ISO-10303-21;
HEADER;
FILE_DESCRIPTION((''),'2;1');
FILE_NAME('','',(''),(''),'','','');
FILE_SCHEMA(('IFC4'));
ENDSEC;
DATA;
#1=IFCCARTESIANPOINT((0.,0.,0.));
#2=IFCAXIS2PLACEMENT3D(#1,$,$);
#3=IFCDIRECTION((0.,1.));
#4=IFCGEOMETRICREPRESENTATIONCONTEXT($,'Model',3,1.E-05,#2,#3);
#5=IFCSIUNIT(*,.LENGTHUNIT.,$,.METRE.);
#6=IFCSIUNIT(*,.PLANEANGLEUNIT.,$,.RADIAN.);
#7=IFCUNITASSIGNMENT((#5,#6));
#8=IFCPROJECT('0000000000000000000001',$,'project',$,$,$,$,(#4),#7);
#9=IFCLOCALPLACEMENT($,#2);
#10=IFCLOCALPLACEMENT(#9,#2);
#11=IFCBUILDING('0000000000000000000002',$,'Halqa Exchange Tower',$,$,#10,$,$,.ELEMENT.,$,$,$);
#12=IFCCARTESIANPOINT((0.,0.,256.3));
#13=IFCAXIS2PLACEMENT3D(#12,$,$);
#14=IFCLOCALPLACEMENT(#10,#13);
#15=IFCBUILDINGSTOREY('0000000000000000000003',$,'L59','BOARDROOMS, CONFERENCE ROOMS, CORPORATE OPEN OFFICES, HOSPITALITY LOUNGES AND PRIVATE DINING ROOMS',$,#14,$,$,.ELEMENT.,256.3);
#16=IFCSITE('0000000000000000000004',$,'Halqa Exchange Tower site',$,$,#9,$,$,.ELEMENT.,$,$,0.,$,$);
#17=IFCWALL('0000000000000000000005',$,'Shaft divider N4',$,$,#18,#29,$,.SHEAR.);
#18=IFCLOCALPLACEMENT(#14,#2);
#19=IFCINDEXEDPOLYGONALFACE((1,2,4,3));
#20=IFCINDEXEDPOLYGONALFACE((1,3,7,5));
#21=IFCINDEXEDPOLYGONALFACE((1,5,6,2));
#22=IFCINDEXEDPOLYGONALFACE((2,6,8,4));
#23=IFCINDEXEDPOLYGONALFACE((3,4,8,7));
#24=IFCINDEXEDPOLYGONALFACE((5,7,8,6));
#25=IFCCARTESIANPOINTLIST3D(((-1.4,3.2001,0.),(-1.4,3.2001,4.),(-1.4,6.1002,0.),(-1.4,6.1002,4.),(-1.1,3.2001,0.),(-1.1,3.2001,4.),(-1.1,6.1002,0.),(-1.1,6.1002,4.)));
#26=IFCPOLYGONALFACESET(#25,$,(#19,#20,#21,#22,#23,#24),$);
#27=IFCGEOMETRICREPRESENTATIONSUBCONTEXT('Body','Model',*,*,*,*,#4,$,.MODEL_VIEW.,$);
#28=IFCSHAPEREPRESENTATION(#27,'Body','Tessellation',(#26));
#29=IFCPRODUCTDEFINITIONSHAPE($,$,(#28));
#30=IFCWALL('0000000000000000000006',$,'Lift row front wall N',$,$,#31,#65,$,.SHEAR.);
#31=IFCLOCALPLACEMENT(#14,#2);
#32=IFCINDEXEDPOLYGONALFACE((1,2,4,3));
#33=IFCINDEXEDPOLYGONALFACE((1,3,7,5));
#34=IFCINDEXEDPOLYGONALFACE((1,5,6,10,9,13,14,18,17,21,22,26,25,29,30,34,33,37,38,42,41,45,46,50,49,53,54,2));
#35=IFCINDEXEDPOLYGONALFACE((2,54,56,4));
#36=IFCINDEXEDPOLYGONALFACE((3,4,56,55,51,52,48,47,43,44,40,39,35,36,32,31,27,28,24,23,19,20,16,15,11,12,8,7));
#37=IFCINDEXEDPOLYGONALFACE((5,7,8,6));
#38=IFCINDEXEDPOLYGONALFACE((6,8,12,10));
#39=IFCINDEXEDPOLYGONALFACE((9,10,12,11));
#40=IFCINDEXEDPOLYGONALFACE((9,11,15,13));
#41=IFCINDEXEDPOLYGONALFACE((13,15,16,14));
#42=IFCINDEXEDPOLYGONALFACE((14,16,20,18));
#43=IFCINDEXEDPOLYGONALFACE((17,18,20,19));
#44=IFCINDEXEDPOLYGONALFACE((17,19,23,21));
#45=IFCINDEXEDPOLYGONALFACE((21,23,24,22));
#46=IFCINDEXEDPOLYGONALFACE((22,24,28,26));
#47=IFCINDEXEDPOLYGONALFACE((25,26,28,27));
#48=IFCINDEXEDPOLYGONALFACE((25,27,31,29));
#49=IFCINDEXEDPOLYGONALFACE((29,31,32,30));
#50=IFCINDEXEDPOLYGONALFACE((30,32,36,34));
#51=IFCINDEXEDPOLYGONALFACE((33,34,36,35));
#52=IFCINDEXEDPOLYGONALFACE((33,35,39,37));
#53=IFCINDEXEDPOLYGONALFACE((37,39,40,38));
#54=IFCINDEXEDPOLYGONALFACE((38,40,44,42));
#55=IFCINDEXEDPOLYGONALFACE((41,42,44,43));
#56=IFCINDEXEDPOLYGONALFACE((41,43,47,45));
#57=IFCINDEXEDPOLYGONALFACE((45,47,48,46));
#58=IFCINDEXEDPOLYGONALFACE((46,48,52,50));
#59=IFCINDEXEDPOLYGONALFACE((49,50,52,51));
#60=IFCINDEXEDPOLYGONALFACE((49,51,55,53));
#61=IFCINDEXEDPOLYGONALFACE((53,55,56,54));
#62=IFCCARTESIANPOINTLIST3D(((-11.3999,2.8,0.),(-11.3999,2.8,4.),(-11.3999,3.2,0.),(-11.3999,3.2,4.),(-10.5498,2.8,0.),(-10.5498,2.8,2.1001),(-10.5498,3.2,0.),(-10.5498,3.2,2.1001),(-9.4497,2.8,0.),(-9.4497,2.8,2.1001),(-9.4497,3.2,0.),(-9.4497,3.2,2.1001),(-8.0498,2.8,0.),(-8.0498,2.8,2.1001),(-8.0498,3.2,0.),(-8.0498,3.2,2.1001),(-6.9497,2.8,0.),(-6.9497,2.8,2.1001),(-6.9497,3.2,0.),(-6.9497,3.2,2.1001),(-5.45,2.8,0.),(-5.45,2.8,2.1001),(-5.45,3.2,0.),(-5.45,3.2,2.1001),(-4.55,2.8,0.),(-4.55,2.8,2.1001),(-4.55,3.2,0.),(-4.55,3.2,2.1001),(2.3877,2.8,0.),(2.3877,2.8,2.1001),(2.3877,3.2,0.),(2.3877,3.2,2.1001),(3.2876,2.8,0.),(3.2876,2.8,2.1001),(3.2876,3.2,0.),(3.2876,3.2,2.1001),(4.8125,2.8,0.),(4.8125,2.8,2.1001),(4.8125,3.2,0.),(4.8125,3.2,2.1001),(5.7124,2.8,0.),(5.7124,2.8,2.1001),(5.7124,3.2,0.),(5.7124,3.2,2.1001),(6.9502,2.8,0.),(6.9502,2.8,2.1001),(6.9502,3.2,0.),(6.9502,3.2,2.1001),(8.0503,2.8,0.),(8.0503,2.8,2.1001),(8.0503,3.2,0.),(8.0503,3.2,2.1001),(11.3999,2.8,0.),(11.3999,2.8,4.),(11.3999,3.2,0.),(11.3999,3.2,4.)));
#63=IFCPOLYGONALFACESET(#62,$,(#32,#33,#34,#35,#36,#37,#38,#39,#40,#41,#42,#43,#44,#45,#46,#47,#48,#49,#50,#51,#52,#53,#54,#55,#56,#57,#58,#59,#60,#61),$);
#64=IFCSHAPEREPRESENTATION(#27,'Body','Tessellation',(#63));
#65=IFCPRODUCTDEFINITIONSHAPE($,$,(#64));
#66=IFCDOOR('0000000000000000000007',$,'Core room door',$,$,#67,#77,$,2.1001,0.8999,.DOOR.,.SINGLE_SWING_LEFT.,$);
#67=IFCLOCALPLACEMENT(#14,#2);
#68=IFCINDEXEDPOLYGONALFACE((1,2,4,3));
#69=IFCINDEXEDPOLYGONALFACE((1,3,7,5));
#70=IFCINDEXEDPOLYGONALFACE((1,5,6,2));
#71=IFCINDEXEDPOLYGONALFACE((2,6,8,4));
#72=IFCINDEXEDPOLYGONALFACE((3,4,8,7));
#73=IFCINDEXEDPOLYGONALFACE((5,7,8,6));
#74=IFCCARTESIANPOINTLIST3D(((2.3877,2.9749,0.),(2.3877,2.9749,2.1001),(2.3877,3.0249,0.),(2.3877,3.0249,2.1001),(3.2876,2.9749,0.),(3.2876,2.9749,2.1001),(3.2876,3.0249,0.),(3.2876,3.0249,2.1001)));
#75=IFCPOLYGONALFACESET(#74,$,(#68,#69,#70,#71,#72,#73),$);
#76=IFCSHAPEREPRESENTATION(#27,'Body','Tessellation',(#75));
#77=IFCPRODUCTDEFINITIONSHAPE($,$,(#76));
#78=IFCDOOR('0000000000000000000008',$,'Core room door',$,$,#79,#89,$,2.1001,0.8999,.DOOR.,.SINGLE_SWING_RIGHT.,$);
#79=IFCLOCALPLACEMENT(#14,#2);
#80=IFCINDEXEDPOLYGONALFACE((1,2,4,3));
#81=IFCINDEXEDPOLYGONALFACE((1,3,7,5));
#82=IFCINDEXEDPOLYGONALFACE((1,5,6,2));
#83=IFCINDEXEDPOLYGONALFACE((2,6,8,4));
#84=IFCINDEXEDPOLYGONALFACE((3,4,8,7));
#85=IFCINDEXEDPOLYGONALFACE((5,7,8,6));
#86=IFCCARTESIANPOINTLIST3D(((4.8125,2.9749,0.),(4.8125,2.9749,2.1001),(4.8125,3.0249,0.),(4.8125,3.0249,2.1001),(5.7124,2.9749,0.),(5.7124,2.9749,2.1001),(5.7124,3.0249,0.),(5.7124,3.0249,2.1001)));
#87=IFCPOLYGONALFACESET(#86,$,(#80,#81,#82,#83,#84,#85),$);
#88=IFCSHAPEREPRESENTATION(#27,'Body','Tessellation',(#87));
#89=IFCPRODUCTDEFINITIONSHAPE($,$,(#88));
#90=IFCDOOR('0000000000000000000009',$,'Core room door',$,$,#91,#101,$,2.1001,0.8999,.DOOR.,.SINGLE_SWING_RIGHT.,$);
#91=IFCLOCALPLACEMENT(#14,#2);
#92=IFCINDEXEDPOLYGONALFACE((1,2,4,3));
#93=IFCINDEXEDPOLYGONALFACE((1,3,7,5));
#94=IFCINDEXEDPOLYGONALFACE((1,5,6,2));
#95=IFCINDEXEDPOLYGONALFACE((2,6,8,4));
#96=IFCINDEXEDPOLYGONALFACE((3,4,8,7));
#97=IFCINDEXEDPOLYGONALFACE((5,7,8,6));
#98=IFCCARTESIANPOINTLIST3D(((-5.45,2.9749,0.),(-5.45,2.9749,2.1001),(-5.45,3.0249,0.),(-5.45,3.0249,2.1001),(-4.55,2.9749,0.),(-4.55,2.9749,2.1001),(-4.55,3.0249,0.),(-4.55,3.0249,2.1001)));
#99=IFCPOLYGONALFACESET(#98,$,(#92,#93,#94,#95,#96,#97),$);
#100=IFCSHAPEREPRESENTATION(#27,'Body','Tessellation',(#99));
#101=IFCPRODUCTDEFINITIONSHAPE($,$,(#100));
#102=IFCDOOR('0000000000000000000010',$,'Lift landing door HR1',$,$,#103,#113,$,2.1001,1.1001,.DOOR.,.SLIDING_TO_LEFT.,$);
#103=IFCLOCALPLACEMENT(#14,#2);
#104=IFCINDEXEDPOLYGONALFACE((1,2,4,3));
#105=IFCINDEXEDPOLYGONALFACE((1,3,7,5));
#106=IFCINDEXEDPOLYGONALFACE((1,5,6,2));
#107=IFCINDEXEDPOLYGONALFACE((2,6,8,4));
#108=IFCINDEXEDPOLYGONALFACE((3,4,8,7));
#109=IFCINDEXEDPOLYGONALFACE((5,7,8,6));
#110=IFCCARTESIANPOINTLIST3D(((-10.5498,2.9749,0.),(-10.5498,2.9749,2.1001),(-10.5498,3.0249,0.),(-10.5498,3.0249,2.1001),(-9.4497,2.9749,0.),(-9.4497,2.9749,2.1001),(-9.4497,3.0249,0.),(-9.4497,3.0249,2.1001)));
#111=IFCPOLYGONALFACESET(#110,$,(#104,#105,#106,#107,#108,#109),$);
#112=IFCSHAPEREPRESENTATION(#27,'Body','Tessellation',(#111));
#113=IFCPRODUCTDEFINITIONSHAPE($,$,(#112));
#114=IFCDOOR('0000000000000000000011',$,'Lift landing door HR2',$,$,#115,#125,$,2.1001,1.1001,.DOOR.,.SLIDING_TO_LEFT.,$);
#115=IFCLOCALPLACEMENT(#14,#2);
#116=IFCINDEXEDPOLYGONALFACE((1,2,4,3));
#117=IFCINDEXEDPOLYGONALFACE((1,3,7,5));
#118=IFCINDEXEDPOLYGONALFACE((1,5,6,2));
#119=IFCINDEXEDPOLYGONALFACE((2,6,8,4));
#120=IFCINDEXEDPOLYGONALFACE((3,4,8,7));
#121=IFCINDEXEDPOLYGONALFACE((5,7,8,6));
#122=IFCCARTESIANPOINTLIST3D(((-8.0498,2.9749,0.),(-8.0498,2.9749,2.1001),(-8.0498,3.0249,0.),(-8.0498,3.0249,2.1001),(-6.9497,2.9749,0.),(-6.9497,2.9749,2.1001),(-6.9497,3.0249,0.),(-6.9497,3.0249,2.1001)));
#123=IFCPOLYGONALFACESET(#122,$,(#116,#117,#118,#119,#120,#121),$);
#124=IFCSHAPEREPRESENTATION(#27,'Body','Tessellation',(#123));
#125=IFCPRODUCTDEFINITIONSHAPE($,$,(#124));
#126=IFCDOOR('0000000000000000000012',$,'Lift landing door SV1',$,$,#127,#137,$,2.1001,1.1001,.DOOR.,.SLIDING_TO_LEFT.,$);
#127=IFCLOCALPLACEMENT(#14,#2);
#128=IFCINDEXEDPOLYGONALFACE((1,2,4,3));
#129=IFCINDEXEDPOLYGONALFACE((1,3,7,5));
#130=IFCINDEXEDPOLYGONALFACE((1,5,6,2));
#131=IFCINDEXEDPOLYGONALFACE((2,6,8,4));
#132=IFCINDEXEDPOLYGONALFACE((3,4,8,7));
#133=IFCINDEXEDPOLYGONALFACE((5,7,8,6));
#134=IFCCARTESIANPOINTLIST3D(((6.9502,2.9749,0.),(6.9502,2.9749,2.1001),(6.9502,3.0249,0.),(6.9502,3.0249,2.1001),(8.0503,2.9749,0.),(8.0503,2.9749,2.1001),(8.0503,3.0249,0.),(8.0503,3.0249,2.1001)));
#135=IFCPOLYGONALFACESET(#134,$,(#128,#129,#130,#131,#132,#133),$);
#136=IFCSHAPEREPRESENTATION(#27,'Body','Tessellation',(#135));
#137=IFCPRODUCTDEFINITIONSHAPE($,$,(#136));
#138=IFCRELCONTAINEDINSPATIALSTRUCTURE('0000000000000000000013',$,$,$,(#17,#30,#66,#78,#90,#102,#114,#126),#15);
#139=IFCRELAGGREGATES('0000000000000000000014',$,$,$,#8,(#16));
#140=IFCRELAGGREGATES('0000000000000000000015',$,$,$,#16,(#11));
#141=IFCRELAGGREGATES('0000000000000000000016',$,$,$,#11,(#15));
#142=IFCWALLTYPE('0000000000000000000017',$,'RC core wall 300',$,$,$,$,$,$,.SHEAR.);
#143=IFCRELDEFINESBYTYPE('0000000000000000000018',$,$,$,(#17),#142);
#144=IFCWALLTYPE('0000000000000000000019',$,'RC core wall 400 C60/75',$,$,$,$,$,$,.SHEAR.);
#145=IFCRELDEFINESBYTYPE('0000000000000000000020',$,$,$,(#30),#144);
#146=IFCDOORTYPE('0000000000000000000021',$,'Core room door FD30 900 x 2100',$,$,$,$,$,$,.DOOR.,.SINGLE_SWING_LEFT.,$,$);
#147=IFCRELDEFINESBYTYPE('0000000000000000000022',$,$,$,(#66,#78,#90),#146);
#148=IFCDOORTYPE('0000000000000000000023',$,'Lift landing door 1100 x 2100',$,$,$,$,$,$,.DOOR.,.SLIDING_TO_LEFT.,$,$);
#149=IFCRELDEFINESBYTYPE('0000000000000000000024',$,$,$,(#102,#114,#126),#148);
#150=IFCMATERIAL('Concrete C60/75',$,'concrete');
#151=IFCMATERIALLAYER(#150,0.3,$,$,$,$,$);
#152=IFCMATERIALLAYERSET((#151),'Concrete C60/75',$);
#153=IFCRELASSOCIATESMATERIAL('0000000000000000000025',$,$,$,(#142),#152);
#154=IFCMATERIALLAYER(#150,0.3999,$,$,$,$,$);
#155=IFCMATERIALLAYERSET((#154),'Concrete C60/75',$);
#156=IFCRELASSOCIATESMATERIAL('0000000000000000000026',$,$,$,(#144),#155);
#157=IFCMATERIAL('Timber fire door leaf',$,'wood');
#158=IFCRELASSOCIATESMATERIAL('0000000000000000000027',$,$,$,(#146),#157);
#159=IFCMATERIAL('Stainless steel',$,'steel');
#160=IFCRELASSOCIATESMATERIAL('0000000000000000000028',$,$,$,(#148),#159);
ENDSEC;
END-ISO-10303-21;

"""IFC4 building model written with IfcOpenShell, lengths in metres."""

from ifc_helpers import new_model, si_unit, direction, frame, frame_2d, origin, place, context, subcontext, project, spatial, rectangle, extrude, material, layer, layer_set, type_object, element, fill, save


model = new_model("IFC4")

# Units and contexts
model_context = context("Model", 3, precision=1e-05, world=origin(), true_north=direction((0.0, 1.0)))
body_context = subcontext(model_context, "Body", "Model", "MODEL_VIEW")
ifc_project = project(units=[si_unit("LENGTHUNIT", "METRE"), si_unit("PLANEANGLEUNIT", "RADIAN")], contexts=[model_context])

# Site, building, storey
site_placement = place(None, origin())
site = spatial("IfcSite", under=ifc_project, at=site_placement, Name="Halqa Exchange Tower site", CompositionType="ELEMENT", RefElevation=0.0)
building_placement = place(site_placement, origin())
building = spatial("IfcBuilding", under=site, at=building_placement, Name="Halqa Exchange Tower", CompositionType="ELEMENT")
storey_placement = place(building_placement, frame((0.0, 0.0, 256.3)))
storey = spatial("IfcBuildingStorey", under=building, at=storey_placement, Name="L59", Description="BOARDROOMS, CONFERENCE ROOMS, CORPORATE OPEN OFFICES, HOSPITALITY LOUNGES AND PRIVATE DINING ROOMS", CompositionType="ELEMENT", Elevation=256.3)

# Wall
ifc_material_1 = material(Name="Concrete C60/75", Category="concrete")
ifc_layer_1 = layer(ifc_material_1, 0.3)
ifc_layer_set_1 = layer_set([ifc_layer_1], Name="Concrete C60/75")
wall_type_1 = type_object("IfcWallType", Name="RC core wall 300", PredefinedType="SHEAR", material=ifc_layer_set_1)
for number, where, z_axis, x_axis, name in (
    (1, (-1.25, 3.2, 0.0), (0.0, 0.0, 1.0), (0.0, 1.0, 0.0), "Shaft divider N4"),
):
    element("IfcWall", number, at=place(storey_placement, frame(where, z_axis=z_axis, x_axis=x_axis)), inside=storey, type_object=wall_type_1, Name=name, PredefinedType="SHEAR", context=body_context, shape_type="SweptSolid", body=[
        extrude(rectangle(XDim=2.9001, YDim=0.3, at=frame_2d((1.4502, 0.0))), origin(), (0.0, 0.0, 1.0), 4.0),
    ])

# Wall, openings, doors
ifc_layer_2 = layer(ifc_material_1, 0.3999)
ifc_layer_set_2 = layer_set([ifc_layer_2], Name="Concrete C60/75")
wall_type_2 = type_object("IfcWallType", Name="RC core wall 400 C60/75", PredefinedType="SHEAR", material=ifc_layer_set_2)
wall_1_placement = place(storey_placement, frame((-11.3999, 3.0, 0.0), z_axis=(0.0, 0.0, 1.0), x_axis=(1.0, 0.0, 0.0)))
wall_1 = element("IfcWall", 2, at=wall_1_placement, inside=storey, type_object=wall_type_2, Name="Lift row front wall N", PredefinedType="SHEAR", context=body_context, shape_type="SweptSolid", body=[
    extrude(rectangle(XDim=22.7998, YDim=0.3999, at=frame_2d((11.3999, 0.0))), origin(), (0.0, 0.0, 1.0), 4.0),
])
opening_1_placement = place(wall_1_placement, frame((0.8501, 0.0, 0.0)))
opening_1 = element("IfcOpeningElement", 3, at=opening_1_placement, cuts=wall_1, PredefinedType="OPENING", context=body_context, shape_type="SweptSolid", body=[
    extrude(rectangle(XDim=1.1001, YDim=2.1001, at=frame_2d((0.55, 1.05))), frame((0.0, 0.2119, 0.0), z_axis=(0.0, -1.0, 0.0), x_axis=(1.0, 0.0, 0.0)), (0.0, 0.0, 1.0), 0.4238),
])
opening_2_placement = place(wall_1_placement, frame((3.3501, 0.0, 0.0)))
opening_2 = element("IfcOpeningElement", 4, at=opening_2_placement, cuts=wall_1, PredefinedType="OPENING", context=body_context, shape_type="SweptSolid", body=[
    extrude(rectangle(XDim=1.1001, YDim=2.1001, at=frame_2d((0.55, 1.05))), frame((0.0, 0.2119, 0.0), z_axis=(0.0, -1.0, 0.0), x_axis=(1.0, 0.0, 0.0)), (0.0, 0.0, 1.0), 0.4238),
])
opening_3_placement = place(wall_1_placement, frame((18.3501, 0.0, 0.0)))
opening_3 = element("IfcOpeningElement", 5, at=opening_3_placement, cuts=wall_1, PredefinedType="OPENING", context=body_context, shape_type="SweptSolid", body=[
    extrude(rectangle(XDim=1.1001, YDim=2.1001, at=frame_2d((0.55, 1.05))), frame((0.0, 0.2119, 0.0), z_axis=(0.0, -1.0, 0.0), x_axis=(1.0, 0.0, 0.0)), (0.0, 0.0, 1.0), 0.4238),
])
opening_4_placement = place(wall_1_placement, frame((13.7876, 0.0, 0.0)))
opening_4 = element("IfcOpeningElement", 6, at=opening_4_placement, cuts=wall_1, PredefinedType="OPENING", context=body_context, shape_type="SweptSolid", body=[
    extrude(rectangle(XDim=0.8999, YDim=2.1001, at=frame_2d((0.45, 1.05))), frame((0.0, 0.2119, 0.0), z_axis=(0.0, -1.0, 0.0), x_axis=(1.0, 0.0, 0.0)), (0.0, 0.0, 1.0), 0.4238),
])
opening_5_placement = place(wall_1_placement, frame((16.2124, 0.0, 0.0)))
opening_5 = element("IfcOpeningElement", 7, at=opening_5_placement, cuts=wall_1, PredefinedType="OPENING", context=body_context, shape_type="SweptSolid", body=[
    extrude(rectangle(XDim=0.8999, YDim=2.1001, at=frame_2d((0.45, 1.05))), frame((0.0, 0.2119, 0.0), z_axis=(0.0, -1.0, 0.0), x_axis=(1.0, 0.0, 0.0)), (0.0, 0.0, 1.0), 0.4238),
])
opening_6_placement = place(wall_1_placement, frame((5.95, 0.0, 0.0)))
opening_6 = element("IfcOpeningElement", 8, at=opening_6_placement, cuts=wall_1, PredefinedType="OPENING", context=body_context, shape_type="SweptSolid", body=[
    extrude(rectangle(XDim=0.8999, YDim=2.1001, at=frame_2d((0.45, 1.05))), frame((0.0, 0.2119, 0.0), z_axis=(0.0, -1.0, 0.0), x_axis=(1.0, 0.0, 0.0)), (0.0, 0.0, 1.0), 0.4238),
])
ifc_material_2 = material(Name="Timber fire door leaf", Category="wood")
door_type_1 = type_object("IfcDoorType", Name="Core room door FD30 900 x 2100", OperationType="SINGLE_SWING_LEFT", PredefinedType="DOOR", material=ifc_material_2)
door_1_placement = place(opening_4_placement, origin())
door_1 = element("IfcDoor", 9, at=door_1_placement, inside=storey, type_object=door_type_1, Name="Core room door", OperationType="SINGLE_SWING_LEFT", OverallHeight=2.1001, OverallWidth=0.8999, PredefinedType="DOOR", context=body_context, shape_type="SweptSolid", body=[
    extrude(rectangle(XDim=0.8999, YDim=2.1001, at=frame_2d((0.45, 1.05))), frame((0.0, 0.0249, 0.0), z_axis=(0.0, -1.0, 0.0), x_axis=(1.0, 0.0, 0.0)), (0.0, 0.0, 1.0), 0.05),
])
fill(opening_4, door_1)
door_2_placement = place(opening_5_placement, origin())
door_2 = element("IfcDoor", 10, at=door_2_placement, inside=storey, type_object=door_type_1, Name="Core room door", OperationType="SINGLE_SWING_RIGHT", OverallHeight=2.1001, OverallWidth=0.8999, PredefinedType="DOOR", context=body_context, shape_type="SweptSolid", body=[
    extrude(rectangle(XDim=0.8999, YDim=2.1001, at=frame_2d((0.45, 1.05))), frame((0.0, 0.0249, 0.0), z_axis=(0.0, -1.0, 0.0), x_axis=(1.0, 0.0, 0.0)), (0.0, 0.0, 1.0), 0.05),
])
fill(opening_5, door_2)
door_3_placement = place(opening_6_placement, origin())
door_3 = element("IfcDoor", 11, at=door_3_placement, inside=storey, type_object=door_type_1, Name="Core room door", OperationType="SINGLE_SWING_RIGHT", OverallHeight=2.1001, OverallWidth=0.8999, PredefinedType="DOOR", context=body_context, shape_type="SweptSolid", body=[
    extrude(rectangle(XDim=0.8999, YDim=2.1001, at=frame_2d((0.45, 1.05))), frame((0.0, 0.0249, 0.0), z_axis=(0.0, -1.0, 0.0), x_axis=(1.0, 0.0, 0.0)), (0.0, 0.0, 1.0), 0.05),
])
fill(opening_6, door_3)
ifc_material_3 = material(Name="Stainless steel", Category="steel")
door_type_2 = type_object("IfcDoorType", Name="Lift landing door 1100 x 2100", OperationType="SLIDING_TO_LEFT", PredefinedType="DOOR", material=ifc_material_3)
door_4_placement = place(opening_1_placement, origin())
door_4 = element("IfcDoor", 12, at=door_4_placement, inside=storey, type_object=door_type_2, Name="Lift landing door HR1", OperationType="SLIDING_TO_LEFT", OverallHeight=2.1001, OverallWidth=1.1001, PredefinedType="DOOR", context=body_context, shape_type="SweptSolid", body=[
    extrude(rectangle(XDim=1.1001, YDim=2.1001, at=frame_2d((0.55, 1.05))), frame((0.0, 0.0249, 0.0), z_axis=(0.0, -1.0, 0.0), x_axis=(1.0, 0.0, 0.0)), (0.0, 0.0, 1.0), 0.05),
])
fill(opening_1, door_4)
door_5_placement = place(opening_2_placement, origin())
door_5 = element("IfcDoor", 13, at=door_5_placement, inside=storey, type_object=door_type_2, Name="Lift landing door HR2", OperationType="SLIDING_TO_LEFT", OverallHeight=2.1001, OverallWidth=1.1001, PredefinedType="DOOR", context=body_context, shape_type="SweptSolid", body=[
    extrude(rectangle(XDim=1.1001, YDim=2.1001, at=frame_2d((0.55, 1.05))), frame((0.0, 0.0249, 0.0), z_axis=(0.0, -1.0, 0.0), x_axis=(1.0, 0.0, 0.0)), (0.0, 0.0, 1.0), 0.05),
])
fill(opening_2, door_5)
door_6_placement = place(opening_3_placement, origin())
door_6 = element("IfcDoor", 14, at=door_6_placement, inside=storey, type_object=door_type_2, Name="Lift landing door SV1", OperationType="SLIDING_TO_LEFT", OverallHeight=2.1001, OverallWidth=1.1001, PredefinedType="DOOR", context=body_context, shape_type="SweptSolid", body=[
    extrude(rectangle(XDim=1.1001, YDim=2.1001, at=frame_2d((0.55, 1.05))), frame((0.0, 0.0249, 0.0), z_axis=(0.0, -1.0, 0.0), x_axis=(1.0, 0.0, 0.0)), (0.0, 0.0, 1.0), 0.05),
])
fill(opening_3, door_6)

save(model, "model.ifc")
